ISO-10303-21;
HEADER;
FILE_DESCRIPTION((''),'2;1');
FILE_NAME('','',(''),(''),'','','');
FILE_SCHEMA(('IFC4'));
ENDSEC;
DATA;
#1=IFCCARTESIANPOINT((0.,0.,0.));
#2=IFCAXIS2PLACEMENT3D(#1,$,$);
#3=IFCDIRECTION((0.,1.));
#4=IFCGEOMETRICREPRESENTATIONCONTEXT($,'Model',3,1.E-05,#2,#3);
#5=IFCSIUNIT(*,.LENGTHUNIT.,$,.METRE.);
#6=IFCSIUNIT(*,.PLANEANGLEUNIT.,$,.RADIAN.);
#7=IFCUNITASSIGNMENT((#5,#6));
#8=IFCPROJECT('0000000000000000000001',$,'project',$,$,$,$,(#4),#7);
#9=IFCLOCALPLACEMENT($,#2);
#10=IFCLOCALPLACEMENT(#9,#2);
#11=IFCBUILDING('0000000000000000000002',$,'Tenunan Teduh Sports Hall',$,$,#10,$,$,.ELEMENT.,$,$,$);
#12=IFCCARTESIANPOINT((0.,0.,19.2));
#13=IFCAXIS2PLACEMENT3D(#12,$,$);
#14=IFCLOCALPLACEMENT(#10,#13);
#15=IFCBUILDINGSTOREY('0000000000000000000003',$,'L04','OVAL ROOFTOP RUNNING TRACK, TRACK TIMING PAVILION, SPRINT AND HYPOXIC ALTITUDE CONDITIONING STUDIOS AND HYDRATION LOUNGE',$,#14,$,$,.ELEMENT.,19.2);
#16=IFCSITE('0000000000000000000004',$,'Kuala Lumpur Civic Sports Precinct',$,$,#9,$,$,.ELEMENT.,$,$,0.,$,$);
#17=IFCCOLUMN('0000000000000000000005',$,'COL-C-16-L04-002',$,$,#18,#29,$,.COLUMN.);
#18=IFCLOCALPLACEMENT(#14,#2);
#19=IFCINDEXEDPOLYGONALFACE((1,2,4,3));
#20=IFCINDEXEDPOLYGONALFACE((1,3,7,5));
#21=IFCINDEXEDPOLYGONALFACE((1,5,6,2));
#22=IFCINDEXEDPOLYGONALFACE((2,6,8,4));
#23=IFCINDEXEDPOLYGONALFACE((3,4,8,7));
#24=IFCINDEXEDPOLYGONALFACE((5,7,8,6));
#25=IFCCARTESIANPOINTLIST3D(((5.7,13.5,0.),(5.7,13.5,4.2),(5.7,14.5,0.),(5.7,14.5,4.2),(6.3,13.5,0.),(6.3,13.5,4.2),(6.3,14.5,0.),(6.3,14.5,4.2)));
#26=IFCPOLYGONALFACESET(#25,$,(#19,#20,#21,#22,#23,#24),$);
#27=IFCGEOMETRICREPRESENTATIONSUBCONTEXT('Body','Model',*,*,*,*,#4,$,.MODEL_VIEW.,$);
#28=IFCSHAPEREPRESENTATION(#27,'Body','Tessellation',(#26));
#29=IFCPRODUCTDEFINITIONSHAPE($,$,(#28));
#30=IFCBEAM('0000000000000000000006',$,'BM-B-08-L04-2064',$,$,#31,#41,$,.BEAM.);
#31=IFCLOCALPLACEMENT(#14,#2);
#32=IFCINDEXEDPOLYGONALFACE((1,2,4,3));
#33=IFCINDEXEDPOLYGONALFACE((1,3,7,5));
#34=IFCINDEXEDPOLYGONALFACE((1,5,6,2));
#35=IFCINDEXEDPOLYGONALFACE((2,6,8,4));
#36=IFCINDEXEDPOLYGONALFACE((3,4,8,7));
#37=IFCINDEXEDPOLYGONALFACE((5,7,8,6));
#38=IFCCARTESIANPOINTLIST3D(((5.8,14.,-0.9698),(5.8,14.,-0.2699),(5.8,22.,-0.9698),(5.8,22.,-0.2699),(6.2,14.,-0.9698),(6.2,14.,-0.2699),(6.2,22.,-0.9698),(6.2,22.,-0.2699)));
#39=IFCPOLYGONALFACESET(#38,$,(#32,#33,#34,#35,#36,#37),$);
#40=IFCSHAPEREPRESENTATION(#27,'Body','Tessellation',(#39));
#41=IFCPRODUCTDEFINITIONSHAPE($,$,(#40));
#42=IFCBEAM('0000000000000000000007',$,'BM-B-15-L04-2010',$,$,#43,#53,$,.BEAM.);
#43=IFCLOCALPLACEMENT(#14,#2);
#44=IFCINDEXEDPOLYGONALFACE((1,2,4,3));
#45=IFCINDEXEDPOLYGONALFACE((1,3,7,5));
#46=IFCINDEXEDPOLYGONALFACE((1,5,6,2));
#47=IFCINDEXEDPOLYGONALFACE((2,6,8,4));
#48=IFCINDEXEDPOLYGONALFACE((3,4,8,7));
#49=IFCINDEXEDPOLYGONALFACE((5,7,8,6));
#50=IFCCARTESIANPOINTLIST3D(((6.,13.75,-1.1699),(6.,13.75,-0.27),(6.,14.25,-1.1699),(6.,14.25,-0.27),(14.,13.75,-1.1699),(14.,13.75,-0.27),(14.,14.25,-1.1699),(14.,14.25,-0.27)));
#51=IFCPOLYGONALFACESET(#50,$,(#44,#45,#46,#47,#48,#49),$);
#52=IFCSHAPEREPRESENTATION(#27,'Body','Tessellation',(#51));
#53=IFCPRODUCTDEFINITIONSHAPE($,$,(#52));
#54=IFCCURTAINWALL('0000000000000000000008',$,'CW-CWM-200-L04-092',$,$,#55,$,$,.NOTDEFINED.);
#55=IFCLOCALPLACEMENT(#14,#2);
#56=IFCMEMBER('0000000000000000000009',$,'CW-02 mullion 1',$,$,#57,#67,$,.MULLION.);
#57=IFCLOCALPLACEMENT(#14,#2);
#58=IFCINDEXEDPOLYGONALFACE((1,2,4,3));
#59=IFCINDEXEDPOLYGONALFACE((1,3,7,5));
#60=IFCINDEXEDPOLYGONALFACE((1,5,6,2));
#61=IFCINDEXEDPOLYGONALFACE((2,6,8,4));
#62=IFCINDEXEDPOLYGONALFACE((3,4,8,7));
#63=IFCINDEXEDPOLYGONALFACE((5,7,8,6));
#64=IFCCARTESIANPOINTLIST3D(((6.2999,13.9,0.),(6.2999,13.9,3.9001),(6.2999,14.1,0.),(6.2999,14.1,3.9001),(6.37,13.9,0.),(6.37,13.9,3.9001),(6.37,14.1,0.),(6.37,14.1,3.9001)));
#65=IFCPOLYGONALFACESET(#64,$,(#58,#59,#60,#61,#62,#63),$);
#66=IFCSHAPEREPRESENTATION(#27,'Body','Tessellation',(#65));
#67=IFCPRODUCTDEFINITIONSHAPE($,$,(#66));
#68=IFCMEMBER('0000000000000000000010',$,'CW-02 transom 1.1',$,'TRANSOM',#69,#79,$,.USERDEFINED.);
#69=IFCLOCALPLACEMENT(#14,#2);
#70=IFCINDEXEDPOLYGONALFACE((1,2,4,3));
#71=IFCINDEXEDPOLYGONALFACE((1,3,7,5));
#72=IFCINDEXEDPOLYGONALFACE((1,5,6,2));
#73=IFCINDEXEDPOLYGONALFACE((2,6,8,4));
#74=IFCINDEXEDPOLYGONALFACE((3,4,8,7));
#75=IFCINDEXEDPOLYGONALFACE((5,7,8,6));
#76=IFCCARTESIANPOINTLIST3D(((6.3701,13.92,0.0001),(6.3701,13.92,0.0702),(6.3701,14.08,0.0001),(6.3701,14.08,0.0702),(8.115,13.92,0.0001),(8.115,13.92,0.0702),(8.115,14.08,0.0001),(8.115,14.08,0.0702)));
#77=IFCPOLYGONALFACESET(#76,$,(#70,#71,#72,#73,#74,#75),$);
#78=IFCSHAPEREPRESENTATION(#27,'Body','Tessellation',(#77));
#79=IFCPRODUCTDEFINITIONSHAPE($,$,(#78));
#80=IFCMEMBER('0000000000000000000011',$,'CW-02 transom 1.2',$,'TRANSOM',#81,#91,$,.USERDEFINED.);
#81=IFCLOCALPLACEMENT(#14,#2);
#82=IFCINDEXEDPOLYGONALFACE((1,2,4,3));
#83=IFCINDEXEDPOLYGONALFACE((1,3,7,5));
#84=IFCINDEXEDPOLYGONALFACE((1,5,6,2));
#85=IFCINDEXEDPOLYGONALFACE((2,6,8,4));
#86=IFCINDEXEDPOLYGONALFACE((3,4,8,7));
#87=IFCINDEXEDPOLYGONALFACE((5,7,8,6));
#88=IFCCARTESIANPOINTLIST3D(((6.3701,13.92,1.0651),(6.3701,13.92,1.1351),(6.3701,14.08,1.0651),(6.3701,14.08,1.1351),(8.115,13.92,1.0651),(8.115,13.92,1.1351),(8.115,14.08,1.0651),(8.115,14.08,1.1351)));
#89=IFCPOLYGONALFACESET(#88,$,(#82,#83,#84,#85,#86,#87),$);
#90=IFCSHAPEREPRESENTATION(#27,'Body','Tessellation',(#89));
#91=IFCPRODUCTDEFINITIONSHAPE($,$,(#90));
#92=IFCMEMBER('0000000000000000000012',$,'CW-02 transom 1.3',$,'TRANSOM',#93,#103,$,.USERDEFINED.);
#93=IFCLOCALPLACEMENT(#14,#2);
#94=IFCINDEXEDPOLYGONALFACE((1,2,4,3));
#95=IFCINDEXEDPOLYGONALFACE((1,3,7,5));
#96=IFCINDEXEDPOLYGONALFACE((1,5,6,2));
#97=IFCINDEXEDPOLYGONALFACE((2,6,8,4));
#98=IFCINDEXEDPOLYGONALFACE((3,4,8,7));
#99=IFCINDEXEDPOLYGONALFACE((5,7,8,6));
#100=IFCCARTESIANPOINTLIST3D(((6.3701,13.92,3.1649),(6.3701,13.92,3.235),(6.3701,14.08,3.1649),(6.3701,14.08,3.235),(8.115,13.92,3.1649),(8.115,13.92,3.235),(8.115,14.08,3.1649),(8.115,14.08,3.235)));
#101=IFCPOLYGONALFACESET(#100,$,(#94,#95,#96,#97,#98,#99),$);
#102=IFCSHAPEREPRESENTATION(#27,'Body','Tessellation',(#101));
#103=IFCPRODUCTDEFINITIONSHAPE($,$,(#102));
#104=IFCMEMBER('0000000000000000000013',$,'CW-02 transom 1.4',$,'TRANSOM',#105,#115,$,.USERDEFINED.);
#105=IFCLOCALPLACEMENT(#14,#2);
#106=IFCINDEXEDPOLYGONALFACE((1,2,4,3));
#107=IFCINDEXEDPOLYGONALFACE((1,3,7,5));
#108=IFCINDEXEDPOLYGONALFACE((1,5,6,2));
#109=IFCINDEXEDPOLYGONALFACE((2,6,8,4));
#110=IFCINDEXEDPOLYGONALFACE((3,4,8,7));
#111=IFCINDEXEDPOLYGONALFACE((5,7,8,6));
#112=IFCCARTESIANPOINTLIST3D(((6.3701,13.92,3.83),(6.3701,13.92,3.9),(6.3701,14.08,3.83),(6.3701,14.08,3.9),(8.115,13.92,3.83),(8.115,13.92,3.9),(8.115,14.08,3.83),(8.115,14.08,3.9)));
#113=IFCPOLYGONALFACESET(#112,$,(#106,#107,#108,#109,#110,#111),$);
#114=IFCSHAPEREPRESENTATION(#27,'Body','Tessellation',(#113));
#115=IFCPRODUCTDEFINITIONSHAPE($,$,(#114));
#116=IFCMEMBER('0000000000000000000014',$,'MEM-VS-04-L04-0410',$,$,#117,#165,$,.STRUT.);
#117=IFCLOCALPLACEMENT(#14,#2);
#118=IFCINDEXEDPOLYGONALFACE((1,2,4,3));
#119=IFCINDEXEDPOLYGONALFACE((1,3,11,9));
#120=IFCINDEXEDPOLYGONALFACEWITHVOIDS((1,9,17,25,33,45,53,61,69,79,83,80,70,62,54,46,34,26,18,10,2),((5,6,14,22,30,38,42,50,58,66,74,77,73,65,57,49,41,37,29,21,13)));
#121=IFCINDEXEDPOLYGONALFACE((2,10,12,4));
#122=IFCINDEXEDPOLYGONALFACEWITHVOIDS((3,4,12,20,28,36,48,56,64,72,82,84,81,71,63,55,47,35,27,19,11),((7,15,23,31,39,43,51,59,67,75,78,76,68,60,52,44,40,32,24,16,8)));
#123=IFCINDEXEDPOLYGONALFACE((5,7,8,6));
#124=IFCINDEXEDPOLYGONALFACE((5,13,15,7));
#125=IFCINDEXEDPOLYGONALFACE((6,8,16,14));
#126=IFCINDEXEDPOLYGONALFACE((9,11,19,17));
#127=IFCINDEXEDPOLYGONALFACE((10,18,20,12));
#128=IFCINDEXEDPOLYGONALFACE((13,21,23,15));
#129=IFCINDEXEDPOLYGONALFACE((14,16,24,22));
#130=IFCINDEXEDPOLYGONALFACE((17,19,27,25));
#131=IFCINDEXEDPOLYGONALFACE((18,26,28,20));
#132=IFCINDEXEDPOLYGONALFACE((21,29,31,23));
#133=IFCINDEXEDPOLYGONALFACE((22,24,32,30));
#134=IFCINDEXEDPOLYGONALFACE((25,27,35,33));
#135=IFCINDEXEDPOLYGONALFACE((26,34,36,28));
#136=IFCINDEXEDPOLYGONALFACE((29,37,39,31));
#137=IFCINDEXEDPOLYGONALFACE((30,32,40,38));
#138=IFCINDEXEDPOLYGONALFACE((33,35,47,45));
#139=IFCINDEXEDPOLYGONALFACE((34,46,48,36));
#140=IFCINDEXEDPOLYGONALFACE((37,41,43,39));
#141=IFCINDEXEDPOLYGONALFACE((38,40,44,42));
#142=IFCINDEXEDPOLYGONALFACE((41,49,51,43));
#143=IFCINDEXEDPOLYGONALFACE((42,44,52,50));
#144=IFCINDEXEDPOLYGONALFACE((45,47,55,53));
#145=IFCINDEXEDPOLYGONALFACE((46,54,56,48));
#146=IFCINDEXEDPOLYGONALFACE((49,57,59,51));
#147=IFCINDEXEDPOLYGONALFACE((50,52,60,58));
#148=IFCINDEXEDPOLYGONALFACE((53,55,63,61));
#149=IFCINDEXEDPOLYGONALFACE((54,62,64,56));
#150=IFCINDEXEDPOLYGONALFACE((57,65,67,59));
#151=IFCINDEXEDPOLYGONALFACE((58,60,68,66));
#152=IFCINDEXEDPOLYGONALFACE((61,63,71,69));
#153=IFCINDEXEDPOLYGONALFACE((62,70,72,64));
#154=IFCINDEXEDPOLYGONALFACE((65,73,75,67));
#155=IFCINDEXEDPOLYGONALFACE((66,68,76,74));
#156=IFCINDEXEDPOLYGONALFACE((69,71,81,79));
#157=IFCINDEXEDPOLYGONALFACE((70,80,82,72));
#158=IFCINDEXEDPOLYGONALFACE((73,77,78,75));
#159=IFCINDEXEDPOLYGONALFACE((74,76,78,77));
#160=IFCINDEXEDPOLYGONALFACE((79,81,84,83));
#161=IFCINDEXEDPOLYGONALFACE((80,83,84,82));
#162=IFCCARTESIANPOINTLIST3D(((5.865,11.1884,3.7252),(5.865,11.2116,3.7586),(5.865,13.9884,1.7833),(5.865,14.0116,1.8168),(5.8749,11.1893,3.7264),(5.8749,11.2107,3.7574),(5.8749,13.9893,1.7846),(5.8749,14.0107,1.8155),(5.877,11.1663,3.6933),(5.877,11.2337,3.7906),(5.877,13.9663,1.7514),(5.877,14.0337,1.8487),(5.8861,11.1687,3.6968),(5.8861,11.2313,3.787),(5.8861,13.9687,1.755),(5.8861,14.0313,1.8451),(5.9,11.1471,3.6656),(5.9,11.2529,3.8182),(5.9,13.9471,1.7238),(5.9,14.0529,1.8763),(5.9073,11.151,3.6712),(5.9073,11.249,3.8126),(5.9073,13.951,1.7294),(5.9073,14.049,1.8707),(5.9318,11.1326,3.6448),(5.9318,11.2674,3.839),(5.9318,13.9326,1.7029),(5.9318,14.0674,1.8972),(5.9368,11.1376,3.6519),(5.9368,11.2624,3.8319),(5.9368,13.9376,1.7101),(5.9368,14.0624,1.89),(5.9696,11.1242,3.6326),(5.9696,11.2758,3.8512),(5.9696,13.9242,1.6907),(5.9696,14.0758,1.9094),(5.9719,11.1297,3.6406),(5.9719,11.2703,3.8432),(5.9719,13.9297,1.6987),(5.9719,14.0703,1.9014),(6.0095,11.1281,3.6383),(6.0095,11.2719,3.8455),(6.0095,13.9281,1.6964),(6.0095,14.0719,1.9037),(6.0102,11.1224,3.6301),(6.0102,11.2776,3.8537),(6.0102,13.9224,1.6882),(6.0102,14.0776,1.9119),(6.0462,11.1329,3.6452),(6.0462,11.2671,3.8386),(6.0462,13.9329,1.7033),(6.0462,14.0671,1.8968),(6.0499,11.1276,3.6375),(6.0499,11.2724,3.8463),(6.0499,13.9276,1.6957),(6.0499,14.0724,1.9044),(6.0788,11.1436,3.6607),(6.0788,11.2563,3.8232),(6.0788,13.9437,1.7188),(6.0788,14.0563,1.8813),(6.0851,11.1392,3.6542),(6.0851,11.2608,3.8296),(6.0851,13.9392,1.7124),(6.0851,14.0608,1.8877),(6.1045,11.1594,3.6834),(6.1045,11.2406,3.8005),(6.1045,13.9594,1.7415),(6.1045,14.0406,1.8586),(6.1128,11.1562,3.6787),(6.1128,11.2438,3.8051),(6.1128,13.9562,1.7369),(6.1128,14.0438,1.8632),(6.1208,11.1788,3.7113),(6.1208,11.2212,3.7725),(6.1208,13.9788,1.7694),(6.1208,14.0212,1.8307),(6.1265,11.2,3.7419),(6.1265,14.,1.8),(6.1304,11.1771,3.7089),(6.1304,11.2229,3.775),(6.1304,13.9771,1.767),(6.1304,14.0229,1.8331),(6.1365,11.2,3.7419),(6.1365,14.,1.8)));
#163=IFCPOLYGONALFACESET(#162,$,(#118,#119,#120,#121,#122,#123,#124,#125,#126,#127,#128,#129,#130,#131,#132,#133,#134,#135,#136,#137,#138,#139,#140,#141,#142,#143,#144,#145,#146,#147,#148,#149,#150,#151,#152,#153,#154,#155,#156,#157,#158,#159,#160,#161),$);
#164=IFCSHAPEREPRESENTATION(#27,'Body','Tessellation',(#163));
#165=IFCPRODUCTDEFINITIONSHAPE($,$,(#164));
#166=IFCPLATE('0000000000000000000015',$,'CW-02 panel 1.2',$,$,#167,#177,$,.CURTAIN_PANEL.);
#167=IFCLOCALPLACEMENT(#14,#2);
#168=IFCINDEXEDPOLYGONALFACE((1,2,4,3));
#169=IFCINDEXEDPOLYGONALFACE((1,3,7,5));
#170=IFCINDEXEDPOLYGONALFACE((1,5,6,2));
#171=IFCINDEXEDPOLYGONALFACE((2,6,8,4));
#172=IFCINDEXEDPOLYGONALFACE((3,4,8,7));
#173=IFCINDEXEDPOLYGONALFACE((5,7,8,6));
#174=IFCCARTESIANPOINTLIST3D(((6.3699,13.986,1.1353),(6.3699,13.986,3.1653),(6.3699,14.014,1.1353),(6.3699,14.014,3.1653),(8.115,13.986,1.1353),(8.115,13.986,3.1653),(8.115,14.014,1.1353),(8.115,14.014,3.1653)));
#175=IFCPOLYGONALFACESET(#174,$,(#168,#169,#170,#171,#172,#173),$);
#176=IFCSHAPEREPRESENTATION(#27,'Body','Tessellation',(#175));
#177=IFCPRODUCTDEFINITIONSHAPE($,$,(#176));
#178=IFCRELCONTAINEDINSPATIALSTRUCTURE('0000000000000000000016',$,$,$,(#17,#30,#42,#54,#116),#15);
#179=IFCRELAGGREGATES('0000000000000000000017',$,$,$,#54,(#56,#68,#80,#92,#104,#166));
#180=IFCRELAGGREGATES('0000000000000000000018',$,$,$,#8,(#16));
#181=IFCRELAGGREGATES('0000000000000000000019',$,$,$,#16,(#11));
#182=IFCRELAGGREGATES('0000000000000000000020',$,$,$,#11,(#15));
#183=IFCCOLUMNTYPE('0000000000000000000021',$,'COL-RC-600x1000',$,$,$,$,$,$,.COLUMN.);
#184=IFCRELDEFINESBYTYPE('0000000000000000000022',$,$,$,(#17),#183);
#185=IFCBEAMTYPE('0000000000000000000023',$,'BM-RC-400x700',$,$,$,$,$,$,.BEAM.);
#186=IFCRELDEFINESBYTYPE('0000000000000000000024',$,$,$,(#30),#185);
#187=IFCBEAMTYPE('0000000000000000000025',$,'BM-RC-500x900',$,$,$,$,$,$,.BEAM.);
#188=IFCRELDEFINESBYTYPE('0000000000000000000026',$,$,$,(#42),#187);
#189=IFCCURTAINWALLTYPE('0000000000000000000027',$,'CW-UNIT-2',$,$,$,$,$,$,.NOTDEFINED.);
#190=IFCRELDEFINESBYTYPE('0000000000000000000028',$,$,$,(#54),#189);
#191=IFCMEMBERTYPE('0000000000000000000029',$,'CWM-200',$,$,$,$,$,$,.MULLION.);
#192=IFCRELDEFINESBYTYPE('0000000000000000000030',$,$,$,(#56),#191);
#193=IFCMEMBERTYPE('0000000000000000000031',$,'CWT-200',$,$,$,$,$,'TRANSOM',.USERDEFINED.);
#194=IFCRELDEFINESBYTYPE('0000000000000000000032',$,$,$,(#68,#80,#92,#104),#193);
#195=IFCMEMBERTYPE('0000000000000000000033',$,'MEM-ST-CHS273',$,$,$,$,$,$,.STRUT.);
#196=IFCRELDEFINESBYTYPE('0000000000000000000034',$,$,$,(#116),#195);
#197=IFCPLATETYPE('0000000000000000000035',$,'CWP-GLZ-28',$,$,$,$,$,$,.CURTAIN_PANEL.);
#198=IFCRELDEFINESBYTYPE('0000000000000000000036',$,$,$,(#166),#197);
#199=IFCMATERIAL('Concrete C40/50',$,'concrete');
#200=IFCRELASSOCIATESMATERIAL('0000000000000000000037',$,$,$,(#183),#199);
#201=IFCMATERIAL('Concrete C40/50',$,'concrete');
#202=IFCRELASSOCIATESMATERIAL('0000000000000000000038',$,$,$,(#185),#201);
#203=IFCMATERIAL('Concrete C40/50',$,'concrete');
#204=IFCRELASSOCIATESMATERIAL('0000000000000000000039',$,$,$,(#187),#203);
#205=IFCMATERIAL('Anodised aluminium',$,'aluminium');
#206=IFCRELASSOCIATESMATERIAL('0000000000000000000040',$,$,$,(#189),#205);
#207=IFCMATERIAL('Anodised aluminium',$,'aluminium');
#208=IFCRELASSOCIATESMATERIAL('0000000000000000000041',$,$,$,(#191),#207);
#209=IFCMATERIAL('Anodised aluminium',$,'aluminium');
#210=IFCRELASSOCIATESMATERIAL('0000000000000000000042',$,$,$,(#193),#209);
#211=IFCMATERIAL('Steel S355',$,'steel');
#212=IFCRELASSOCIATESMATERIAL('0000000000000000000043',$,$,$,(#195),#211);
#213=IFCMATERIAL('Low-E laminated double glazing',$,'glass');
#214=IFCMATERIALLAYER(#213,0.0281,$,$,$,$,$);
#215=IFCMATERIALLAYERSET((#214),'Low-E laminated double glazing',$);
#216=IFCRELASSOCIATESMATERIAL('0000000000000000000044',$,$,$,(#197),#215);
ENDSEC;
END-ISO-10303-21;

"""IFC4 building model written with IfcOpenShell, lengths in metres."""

from ifc_helpers import new_model, si_unit, direction, frame, origin, origin_2d, place, context, subcontext, project, spatial, rectangle, hollow_circle, extrude, material, layer, layer_set, material_profile, profile_set, type_object, element, aggregate, save


model = new_model("IFC4")

# Units and contexts
model_context = context("Model", 3, precision=1e-05, world=origin(), true_north=direction((0.0, 1.0)))
body_context = subcontext(model_context, "Body", "Model", "MODEL_VIEW")
ifc_project = project(units=[si_unit("LENGTHUNIT", "METRE"), si_unit("PLANEANGLEUNIT", "RADIAN")], contexts=[model_context])

# Site, building, storey
site_placement = place(None, origin())
site = spatial("IfcSite", under=ifc_project, at=site_placement, Name="Kuala Lumpur Civic Sports Precinct", CompositionType="ELEMENT", RefElevation=0.0)
building_placement = place(site_placement, origin())
building = spatial("IfcBuilding", under=site, at=building_placement, Name="Tenunan Teduh Sports Hall", CompositionType="ELEMENT")
storey_placement = place(building_placement, frame((0.0, 0.0, 19.2)))
storey = spatial("IfcBuildingStorey", under=building, at=storey_placement, Name="L04", Description="OVAL ROOFTOP RUNNING TRACK, TRACK TIMING PAVILION, SPRINT AND HYPOXIC ALTITUDE CONDITIONING STUDIOS AND HYDRATION LOUNGE", CompositionType="ELEMENT", Elevation=19.2)

# Column
ifc_material_1 = material(Name="Concrete C40/50", Category="concrete")
ifc_material_profile_1 = material_profile(ifc_material_1, rectangle(XDim=0.6001, YDim=1.0, at=origin_2d()), Name="RC 600x1000")
ifc_profile_set_1 = profile_set([ifc_material_profile_1], Name="Concrete C40/50")
column_type = type_object("IfcColumnType", Name="COL-RC-600x1000", PredefinedType="COLUMN", material=ifc_profile_set_1)
column_placement = place(storey_placement, frame((6.0, 14.0, 0.0), z_axis=(0.0, 0.0, 1.0), x_axis=(1.0, 0.0, 0.0)))
element("IfcColumn", 1, at=column_placement, inside=storey, type_object=column_type, Name="COL-C-16-L04-002", PredefinedType="COLUMN", context=body_context, shape_type="SweptSolid", body=[
    extrude(rectangle(XDim=0.6001, YDim=1.0, at=origin_2d()), origin(), (0.0, 0.0, 1.0), 4.2),
])

# Beams
ifc_material_2 = material(Name="Concrete C40/50", Category="concrete")
ifc_material_profile_2 = material_profile(ifc_material_2, rectangle(XDim=0.3999, YDim=0.7, at=origin_2d()), Name="RCB 400x700")
ifc_profile_set_2 = profile_set([ifc_material_profile_2], Name="Concrete C40/50")
beam_type_1 = type_object("IfcBeamType", Name="BM-RC-400x700", PredefinedType="BEAM", material=ifc_profile_set_2)
beam_1_placement = place(storey_placement, frame((6.0, 14.0, -0.6199), z_axis=(0.0, 1.0, 0.0), x_axis=(-1.0, 0.0, 0.0)))
element("IfcBeam", 2, at=beam_1_placement, inside=storey, type_object=beam_type_1, Name="BM-B-08-L04-2064", PredefinedType="BEAM", context=body_context, shape_type="SweptSolid", body=[
    extrude(rectangle(XDim=0.3999, YDim=0.7, at=origin_2d()), origin(), (0.0, 0.0, 1.0), 8.0),
])
ifc_material_3 = material(Name="Concrete C40/50", Category="concrete")
ifc_material_profile_3 = material_profile(ifc_material_3, rectangle(XDim=0.5, YDim=0.8999, at=origin_2d()), Name="RCB 500x900")
ifc_profile_set_3 = profile_set([ifc_material_profile_3], Name="Concrete C40/50")
beam_type_2 = type_object("IfcBeamType", Name="BM-RC-500x900", PredefinedType="BEAM", material=ifc_profile_set_3)
beam_2_placement = place(storey_placement, frame((6.0, 14.0, -0.72), z_axis=(1.0, 0.0, 0.0), x_axis=(0.0, 1.0, 0.0)))
element("IfcBeam", 3, at=beam_2_placement, inside=storey, type_object=beam_type_2, Name="BM-B-15-L04-2010", PredefinedType="BEAM", context=body_context, shape_type="SweptSolid", body=[
    extrude(rectangle(XDim=0.5, YDim=0.8999, at=origin_2d()), origin(), (0.0, 0.0, 1.0), 8.0),
])

# Curtain wall, members
ifc_material_4 = material(Name="Anodised aluminium", Category="aluminium")
curtain_wall_type = type_object("IfcCurtainWallType", Name="CW-UNIT-2", PredefinedType="NOTDEFINED", material=ifc_material_4)
curtain_wall_placement = place(storey_placement, origin())
curtain_wall = element("IfcCurtainWall", 4, at=curtain_wall_placement, inside=storey, type_object=curtain_wall_type, Name="CW-CWM-200-L04-092", PredefinedType="NOTDEFINED")
ifc_material_5 = material(Name="Anodised aluminium", Category="aluminium")
ifc_material_profile_4 = material_profile(ifc_material_5, rectangle(XDim=0.0701, YDim=0.2, at=origin_2d()), Name="CWM 70x200")
ifc_profile_set_4 = profile_set([ifc_material_profile_4], Name="Anodised aluminium")
member_type_1 = type_object("IfcMemberType", Name="CWM-200", PredefinedType="MULLION", material=ifc_profile_set_4)
member_1_placement = place(storey_placement, frame((6.335, 14.0, 0.0), z_axis=(0.0, 0.0, 1.0), x_axis=(1.0, 0.0, 0.0)))
member_1 = element("IfcMember", 5, at=member_1_placement, type_object=member_type_1, Name="CW-02 mullion 1", PredefinedType="MULLION", context=body_context, shape_type="SweptSolid", body=[
    extrude(rectangle(XDim=0.0701, YDim=0.2, at=origin_2d()), origin(), (0.0, 0.0, 1.0), 3.9001),
])
ifc_material_6 = material(Name="Anodised aluminium", Category="aluminium")
ifc_material_profile_5 = material_profile(ifc_material_6, rectangle(XDim=0.0701, YDim=0.1599, at=origin_2d()), Name="CWT 70x160")
ifc_profile_set_5 = profile_set([ifc_material_profile_5], Name="Anodised aluminium")
member_type_2 = type_object("IfcMemberType", Name="CWT-200", ElementType="TRANSOM", PredefinedType="USERDEFINED", material=ifc_profile_set_5)
member_2_placement = place(storey_placement, frame((6.3701, 14.0, 0.0352), z_axis=(1.0, 0.0, 0.0), x_axis=(0.0, 0.0, 1.0)))
member_2 = element("IfcMember", 6, at=member_2_placement, type_object=member_type_2, Name="CW-02 transom 1.1", ObjectType="TRANSOM", PredefinedType="USERDEFINED", context=body_context, shape_type="SweptSolid", body=[
    extrude(rectangle(XDim=0.0701, YDim=0.1599, at=origin_2d()), origin(), (0.0, 0.0, 1.0), 1.7449),
])
member_3_placement = place(storey_placement, frame((6.3701, 14.0, 1.1001), z_axis=(1.0, 0.0, 0.0), x_axis=(0.0, 0.0, 1.0)))
member_3 = element("IfcMember", 7, at=member_3_placement, type_object=member_type_2, Name="CW-02 transom 1.2", ObjectType="TRANSOM", PredefinedType="USERDEFINED", context=body_context, shape_type="SweptSolid", body=[
    extrude(rectangle(XDim=0.0701, YDim=0.1599, at=origin_2d()), origin(), (0.0, 0.0, 1.0), 1.7449),
])
member_4_placement = place(storey_placement, frame((6.3701, 14.0, 3.2), z_axis=(1.0, 0.0, 0.0), x_axis=(0.0, 0.0, 1.0)))
member_4 = element("IfcMember", 8, at=member_4_placement, type_object=member_type_2, Name="CW-02 transom 1.3", ObjectType="TRANSOM", PredefinedType="USERDEFINED", context=body_context, shape_type="SweptSolid", body=[
    extrude(rectangle(XDim=0.0701, YDim=0.1599, at=origin_2d()), origin(), (0.0, 0.0, 1.0), 1.7449),
])
member_5_placement = place(storey_placement, frame((6.3701, 14.0, 3.865), z_axis=(1.0, 0.0, 0.0), x_axis=(0.0, 0.0, 1.0)))
member_5 = element("IfcMember", 9, at=member_5_placement, type_object=member_type_2, Name="CW-02 transom 1.4", ObjectType="TRANSOM", PredefinedType="USERDEFINED", context=body_context, shape_type="SweptSolid", body=[
    extrude(rectangle(XDim=0.0701, YDim=0.1599, at=origin_2d()), origin(), (0.0, 0.0, 1.0), 1.7449),
])

# Member
ifc_material_7 = material(Name="Steel S355", Category="steel")
ifc_material_profile_6 = material_profile(ifc_material_7, hollow_circle(Radius=0.1365, WallThickness=0.01, at=origin_2d()), Name="CHS 273.0x10.0")
ifc_profile_set_6 = profile_set([ifc_material_profile_6], Name="Steel S355")
member_type_3 = type_object("IfcMemberType", Name="MEM-ST-CHS273", PredefinedType="STRUT", material=ifc_profile_set_6)
member_6_placement = place(storey_placement, frame((6.0, 14.0, 1.8), z_axis=(0.0, -0.821725, 0.569884), x_axis=(1.0, 0.0, 0.0)))
element("IfcMember", 10, at=member_6_placement, inside=storey, type_object=member_type_3, Name="MEM-VS-04-L04-0410", PredefinedType="STRUT", context=body_context, shape_type="SweptSolid", body=[
    extrude(hollow_circle(Radius=0.1365, WallThickness=0.01, at=origin_2d()), origin(), (0.0, 0.0, 1.0), 3.4075),
])

# Plate
ifc_material_8 = material(Name="Low-E laminated double glazing", Category="glass")
ifc_layer_1 = layer(ifc_material_8, 0.0281)
ifc_layer_set_1 = layer_set([ifc_layer_1], Name="Low-E laminated double glazing")
plate_type_1 = type_object("IfcPlateType", Name="CWP-GLZ-28", PredefinedType="CURTAIN_PANEL", material=ifc_layer_set_1)
plate_1_placement = place(storey_placement, frame((7.2424, 14.0, 1.1353), z_axis=(0.0, 0.0, 1.0), x_axis=(1.0, 0.0, 0.0)))
plate_1 = element("IfcPlate", 11, at=plate_1_placement, type_object=plate_type_1, Name="CW-02 panel 1.2", PredefinedType="CURTAIN_PANEL", context=body_context, shape_type="SweptSolid", body=[
    extrude(rectangle(XDim=1.7451, YDim=0.0281, at=origin_2d()), origin(), (0.0, 0.0, 1.0), 2.03),
])
aggregate(curtain_wall, [member_1, member_2, member_3, member_4, member_5, plate_1])

save(model, "model.ifc")
